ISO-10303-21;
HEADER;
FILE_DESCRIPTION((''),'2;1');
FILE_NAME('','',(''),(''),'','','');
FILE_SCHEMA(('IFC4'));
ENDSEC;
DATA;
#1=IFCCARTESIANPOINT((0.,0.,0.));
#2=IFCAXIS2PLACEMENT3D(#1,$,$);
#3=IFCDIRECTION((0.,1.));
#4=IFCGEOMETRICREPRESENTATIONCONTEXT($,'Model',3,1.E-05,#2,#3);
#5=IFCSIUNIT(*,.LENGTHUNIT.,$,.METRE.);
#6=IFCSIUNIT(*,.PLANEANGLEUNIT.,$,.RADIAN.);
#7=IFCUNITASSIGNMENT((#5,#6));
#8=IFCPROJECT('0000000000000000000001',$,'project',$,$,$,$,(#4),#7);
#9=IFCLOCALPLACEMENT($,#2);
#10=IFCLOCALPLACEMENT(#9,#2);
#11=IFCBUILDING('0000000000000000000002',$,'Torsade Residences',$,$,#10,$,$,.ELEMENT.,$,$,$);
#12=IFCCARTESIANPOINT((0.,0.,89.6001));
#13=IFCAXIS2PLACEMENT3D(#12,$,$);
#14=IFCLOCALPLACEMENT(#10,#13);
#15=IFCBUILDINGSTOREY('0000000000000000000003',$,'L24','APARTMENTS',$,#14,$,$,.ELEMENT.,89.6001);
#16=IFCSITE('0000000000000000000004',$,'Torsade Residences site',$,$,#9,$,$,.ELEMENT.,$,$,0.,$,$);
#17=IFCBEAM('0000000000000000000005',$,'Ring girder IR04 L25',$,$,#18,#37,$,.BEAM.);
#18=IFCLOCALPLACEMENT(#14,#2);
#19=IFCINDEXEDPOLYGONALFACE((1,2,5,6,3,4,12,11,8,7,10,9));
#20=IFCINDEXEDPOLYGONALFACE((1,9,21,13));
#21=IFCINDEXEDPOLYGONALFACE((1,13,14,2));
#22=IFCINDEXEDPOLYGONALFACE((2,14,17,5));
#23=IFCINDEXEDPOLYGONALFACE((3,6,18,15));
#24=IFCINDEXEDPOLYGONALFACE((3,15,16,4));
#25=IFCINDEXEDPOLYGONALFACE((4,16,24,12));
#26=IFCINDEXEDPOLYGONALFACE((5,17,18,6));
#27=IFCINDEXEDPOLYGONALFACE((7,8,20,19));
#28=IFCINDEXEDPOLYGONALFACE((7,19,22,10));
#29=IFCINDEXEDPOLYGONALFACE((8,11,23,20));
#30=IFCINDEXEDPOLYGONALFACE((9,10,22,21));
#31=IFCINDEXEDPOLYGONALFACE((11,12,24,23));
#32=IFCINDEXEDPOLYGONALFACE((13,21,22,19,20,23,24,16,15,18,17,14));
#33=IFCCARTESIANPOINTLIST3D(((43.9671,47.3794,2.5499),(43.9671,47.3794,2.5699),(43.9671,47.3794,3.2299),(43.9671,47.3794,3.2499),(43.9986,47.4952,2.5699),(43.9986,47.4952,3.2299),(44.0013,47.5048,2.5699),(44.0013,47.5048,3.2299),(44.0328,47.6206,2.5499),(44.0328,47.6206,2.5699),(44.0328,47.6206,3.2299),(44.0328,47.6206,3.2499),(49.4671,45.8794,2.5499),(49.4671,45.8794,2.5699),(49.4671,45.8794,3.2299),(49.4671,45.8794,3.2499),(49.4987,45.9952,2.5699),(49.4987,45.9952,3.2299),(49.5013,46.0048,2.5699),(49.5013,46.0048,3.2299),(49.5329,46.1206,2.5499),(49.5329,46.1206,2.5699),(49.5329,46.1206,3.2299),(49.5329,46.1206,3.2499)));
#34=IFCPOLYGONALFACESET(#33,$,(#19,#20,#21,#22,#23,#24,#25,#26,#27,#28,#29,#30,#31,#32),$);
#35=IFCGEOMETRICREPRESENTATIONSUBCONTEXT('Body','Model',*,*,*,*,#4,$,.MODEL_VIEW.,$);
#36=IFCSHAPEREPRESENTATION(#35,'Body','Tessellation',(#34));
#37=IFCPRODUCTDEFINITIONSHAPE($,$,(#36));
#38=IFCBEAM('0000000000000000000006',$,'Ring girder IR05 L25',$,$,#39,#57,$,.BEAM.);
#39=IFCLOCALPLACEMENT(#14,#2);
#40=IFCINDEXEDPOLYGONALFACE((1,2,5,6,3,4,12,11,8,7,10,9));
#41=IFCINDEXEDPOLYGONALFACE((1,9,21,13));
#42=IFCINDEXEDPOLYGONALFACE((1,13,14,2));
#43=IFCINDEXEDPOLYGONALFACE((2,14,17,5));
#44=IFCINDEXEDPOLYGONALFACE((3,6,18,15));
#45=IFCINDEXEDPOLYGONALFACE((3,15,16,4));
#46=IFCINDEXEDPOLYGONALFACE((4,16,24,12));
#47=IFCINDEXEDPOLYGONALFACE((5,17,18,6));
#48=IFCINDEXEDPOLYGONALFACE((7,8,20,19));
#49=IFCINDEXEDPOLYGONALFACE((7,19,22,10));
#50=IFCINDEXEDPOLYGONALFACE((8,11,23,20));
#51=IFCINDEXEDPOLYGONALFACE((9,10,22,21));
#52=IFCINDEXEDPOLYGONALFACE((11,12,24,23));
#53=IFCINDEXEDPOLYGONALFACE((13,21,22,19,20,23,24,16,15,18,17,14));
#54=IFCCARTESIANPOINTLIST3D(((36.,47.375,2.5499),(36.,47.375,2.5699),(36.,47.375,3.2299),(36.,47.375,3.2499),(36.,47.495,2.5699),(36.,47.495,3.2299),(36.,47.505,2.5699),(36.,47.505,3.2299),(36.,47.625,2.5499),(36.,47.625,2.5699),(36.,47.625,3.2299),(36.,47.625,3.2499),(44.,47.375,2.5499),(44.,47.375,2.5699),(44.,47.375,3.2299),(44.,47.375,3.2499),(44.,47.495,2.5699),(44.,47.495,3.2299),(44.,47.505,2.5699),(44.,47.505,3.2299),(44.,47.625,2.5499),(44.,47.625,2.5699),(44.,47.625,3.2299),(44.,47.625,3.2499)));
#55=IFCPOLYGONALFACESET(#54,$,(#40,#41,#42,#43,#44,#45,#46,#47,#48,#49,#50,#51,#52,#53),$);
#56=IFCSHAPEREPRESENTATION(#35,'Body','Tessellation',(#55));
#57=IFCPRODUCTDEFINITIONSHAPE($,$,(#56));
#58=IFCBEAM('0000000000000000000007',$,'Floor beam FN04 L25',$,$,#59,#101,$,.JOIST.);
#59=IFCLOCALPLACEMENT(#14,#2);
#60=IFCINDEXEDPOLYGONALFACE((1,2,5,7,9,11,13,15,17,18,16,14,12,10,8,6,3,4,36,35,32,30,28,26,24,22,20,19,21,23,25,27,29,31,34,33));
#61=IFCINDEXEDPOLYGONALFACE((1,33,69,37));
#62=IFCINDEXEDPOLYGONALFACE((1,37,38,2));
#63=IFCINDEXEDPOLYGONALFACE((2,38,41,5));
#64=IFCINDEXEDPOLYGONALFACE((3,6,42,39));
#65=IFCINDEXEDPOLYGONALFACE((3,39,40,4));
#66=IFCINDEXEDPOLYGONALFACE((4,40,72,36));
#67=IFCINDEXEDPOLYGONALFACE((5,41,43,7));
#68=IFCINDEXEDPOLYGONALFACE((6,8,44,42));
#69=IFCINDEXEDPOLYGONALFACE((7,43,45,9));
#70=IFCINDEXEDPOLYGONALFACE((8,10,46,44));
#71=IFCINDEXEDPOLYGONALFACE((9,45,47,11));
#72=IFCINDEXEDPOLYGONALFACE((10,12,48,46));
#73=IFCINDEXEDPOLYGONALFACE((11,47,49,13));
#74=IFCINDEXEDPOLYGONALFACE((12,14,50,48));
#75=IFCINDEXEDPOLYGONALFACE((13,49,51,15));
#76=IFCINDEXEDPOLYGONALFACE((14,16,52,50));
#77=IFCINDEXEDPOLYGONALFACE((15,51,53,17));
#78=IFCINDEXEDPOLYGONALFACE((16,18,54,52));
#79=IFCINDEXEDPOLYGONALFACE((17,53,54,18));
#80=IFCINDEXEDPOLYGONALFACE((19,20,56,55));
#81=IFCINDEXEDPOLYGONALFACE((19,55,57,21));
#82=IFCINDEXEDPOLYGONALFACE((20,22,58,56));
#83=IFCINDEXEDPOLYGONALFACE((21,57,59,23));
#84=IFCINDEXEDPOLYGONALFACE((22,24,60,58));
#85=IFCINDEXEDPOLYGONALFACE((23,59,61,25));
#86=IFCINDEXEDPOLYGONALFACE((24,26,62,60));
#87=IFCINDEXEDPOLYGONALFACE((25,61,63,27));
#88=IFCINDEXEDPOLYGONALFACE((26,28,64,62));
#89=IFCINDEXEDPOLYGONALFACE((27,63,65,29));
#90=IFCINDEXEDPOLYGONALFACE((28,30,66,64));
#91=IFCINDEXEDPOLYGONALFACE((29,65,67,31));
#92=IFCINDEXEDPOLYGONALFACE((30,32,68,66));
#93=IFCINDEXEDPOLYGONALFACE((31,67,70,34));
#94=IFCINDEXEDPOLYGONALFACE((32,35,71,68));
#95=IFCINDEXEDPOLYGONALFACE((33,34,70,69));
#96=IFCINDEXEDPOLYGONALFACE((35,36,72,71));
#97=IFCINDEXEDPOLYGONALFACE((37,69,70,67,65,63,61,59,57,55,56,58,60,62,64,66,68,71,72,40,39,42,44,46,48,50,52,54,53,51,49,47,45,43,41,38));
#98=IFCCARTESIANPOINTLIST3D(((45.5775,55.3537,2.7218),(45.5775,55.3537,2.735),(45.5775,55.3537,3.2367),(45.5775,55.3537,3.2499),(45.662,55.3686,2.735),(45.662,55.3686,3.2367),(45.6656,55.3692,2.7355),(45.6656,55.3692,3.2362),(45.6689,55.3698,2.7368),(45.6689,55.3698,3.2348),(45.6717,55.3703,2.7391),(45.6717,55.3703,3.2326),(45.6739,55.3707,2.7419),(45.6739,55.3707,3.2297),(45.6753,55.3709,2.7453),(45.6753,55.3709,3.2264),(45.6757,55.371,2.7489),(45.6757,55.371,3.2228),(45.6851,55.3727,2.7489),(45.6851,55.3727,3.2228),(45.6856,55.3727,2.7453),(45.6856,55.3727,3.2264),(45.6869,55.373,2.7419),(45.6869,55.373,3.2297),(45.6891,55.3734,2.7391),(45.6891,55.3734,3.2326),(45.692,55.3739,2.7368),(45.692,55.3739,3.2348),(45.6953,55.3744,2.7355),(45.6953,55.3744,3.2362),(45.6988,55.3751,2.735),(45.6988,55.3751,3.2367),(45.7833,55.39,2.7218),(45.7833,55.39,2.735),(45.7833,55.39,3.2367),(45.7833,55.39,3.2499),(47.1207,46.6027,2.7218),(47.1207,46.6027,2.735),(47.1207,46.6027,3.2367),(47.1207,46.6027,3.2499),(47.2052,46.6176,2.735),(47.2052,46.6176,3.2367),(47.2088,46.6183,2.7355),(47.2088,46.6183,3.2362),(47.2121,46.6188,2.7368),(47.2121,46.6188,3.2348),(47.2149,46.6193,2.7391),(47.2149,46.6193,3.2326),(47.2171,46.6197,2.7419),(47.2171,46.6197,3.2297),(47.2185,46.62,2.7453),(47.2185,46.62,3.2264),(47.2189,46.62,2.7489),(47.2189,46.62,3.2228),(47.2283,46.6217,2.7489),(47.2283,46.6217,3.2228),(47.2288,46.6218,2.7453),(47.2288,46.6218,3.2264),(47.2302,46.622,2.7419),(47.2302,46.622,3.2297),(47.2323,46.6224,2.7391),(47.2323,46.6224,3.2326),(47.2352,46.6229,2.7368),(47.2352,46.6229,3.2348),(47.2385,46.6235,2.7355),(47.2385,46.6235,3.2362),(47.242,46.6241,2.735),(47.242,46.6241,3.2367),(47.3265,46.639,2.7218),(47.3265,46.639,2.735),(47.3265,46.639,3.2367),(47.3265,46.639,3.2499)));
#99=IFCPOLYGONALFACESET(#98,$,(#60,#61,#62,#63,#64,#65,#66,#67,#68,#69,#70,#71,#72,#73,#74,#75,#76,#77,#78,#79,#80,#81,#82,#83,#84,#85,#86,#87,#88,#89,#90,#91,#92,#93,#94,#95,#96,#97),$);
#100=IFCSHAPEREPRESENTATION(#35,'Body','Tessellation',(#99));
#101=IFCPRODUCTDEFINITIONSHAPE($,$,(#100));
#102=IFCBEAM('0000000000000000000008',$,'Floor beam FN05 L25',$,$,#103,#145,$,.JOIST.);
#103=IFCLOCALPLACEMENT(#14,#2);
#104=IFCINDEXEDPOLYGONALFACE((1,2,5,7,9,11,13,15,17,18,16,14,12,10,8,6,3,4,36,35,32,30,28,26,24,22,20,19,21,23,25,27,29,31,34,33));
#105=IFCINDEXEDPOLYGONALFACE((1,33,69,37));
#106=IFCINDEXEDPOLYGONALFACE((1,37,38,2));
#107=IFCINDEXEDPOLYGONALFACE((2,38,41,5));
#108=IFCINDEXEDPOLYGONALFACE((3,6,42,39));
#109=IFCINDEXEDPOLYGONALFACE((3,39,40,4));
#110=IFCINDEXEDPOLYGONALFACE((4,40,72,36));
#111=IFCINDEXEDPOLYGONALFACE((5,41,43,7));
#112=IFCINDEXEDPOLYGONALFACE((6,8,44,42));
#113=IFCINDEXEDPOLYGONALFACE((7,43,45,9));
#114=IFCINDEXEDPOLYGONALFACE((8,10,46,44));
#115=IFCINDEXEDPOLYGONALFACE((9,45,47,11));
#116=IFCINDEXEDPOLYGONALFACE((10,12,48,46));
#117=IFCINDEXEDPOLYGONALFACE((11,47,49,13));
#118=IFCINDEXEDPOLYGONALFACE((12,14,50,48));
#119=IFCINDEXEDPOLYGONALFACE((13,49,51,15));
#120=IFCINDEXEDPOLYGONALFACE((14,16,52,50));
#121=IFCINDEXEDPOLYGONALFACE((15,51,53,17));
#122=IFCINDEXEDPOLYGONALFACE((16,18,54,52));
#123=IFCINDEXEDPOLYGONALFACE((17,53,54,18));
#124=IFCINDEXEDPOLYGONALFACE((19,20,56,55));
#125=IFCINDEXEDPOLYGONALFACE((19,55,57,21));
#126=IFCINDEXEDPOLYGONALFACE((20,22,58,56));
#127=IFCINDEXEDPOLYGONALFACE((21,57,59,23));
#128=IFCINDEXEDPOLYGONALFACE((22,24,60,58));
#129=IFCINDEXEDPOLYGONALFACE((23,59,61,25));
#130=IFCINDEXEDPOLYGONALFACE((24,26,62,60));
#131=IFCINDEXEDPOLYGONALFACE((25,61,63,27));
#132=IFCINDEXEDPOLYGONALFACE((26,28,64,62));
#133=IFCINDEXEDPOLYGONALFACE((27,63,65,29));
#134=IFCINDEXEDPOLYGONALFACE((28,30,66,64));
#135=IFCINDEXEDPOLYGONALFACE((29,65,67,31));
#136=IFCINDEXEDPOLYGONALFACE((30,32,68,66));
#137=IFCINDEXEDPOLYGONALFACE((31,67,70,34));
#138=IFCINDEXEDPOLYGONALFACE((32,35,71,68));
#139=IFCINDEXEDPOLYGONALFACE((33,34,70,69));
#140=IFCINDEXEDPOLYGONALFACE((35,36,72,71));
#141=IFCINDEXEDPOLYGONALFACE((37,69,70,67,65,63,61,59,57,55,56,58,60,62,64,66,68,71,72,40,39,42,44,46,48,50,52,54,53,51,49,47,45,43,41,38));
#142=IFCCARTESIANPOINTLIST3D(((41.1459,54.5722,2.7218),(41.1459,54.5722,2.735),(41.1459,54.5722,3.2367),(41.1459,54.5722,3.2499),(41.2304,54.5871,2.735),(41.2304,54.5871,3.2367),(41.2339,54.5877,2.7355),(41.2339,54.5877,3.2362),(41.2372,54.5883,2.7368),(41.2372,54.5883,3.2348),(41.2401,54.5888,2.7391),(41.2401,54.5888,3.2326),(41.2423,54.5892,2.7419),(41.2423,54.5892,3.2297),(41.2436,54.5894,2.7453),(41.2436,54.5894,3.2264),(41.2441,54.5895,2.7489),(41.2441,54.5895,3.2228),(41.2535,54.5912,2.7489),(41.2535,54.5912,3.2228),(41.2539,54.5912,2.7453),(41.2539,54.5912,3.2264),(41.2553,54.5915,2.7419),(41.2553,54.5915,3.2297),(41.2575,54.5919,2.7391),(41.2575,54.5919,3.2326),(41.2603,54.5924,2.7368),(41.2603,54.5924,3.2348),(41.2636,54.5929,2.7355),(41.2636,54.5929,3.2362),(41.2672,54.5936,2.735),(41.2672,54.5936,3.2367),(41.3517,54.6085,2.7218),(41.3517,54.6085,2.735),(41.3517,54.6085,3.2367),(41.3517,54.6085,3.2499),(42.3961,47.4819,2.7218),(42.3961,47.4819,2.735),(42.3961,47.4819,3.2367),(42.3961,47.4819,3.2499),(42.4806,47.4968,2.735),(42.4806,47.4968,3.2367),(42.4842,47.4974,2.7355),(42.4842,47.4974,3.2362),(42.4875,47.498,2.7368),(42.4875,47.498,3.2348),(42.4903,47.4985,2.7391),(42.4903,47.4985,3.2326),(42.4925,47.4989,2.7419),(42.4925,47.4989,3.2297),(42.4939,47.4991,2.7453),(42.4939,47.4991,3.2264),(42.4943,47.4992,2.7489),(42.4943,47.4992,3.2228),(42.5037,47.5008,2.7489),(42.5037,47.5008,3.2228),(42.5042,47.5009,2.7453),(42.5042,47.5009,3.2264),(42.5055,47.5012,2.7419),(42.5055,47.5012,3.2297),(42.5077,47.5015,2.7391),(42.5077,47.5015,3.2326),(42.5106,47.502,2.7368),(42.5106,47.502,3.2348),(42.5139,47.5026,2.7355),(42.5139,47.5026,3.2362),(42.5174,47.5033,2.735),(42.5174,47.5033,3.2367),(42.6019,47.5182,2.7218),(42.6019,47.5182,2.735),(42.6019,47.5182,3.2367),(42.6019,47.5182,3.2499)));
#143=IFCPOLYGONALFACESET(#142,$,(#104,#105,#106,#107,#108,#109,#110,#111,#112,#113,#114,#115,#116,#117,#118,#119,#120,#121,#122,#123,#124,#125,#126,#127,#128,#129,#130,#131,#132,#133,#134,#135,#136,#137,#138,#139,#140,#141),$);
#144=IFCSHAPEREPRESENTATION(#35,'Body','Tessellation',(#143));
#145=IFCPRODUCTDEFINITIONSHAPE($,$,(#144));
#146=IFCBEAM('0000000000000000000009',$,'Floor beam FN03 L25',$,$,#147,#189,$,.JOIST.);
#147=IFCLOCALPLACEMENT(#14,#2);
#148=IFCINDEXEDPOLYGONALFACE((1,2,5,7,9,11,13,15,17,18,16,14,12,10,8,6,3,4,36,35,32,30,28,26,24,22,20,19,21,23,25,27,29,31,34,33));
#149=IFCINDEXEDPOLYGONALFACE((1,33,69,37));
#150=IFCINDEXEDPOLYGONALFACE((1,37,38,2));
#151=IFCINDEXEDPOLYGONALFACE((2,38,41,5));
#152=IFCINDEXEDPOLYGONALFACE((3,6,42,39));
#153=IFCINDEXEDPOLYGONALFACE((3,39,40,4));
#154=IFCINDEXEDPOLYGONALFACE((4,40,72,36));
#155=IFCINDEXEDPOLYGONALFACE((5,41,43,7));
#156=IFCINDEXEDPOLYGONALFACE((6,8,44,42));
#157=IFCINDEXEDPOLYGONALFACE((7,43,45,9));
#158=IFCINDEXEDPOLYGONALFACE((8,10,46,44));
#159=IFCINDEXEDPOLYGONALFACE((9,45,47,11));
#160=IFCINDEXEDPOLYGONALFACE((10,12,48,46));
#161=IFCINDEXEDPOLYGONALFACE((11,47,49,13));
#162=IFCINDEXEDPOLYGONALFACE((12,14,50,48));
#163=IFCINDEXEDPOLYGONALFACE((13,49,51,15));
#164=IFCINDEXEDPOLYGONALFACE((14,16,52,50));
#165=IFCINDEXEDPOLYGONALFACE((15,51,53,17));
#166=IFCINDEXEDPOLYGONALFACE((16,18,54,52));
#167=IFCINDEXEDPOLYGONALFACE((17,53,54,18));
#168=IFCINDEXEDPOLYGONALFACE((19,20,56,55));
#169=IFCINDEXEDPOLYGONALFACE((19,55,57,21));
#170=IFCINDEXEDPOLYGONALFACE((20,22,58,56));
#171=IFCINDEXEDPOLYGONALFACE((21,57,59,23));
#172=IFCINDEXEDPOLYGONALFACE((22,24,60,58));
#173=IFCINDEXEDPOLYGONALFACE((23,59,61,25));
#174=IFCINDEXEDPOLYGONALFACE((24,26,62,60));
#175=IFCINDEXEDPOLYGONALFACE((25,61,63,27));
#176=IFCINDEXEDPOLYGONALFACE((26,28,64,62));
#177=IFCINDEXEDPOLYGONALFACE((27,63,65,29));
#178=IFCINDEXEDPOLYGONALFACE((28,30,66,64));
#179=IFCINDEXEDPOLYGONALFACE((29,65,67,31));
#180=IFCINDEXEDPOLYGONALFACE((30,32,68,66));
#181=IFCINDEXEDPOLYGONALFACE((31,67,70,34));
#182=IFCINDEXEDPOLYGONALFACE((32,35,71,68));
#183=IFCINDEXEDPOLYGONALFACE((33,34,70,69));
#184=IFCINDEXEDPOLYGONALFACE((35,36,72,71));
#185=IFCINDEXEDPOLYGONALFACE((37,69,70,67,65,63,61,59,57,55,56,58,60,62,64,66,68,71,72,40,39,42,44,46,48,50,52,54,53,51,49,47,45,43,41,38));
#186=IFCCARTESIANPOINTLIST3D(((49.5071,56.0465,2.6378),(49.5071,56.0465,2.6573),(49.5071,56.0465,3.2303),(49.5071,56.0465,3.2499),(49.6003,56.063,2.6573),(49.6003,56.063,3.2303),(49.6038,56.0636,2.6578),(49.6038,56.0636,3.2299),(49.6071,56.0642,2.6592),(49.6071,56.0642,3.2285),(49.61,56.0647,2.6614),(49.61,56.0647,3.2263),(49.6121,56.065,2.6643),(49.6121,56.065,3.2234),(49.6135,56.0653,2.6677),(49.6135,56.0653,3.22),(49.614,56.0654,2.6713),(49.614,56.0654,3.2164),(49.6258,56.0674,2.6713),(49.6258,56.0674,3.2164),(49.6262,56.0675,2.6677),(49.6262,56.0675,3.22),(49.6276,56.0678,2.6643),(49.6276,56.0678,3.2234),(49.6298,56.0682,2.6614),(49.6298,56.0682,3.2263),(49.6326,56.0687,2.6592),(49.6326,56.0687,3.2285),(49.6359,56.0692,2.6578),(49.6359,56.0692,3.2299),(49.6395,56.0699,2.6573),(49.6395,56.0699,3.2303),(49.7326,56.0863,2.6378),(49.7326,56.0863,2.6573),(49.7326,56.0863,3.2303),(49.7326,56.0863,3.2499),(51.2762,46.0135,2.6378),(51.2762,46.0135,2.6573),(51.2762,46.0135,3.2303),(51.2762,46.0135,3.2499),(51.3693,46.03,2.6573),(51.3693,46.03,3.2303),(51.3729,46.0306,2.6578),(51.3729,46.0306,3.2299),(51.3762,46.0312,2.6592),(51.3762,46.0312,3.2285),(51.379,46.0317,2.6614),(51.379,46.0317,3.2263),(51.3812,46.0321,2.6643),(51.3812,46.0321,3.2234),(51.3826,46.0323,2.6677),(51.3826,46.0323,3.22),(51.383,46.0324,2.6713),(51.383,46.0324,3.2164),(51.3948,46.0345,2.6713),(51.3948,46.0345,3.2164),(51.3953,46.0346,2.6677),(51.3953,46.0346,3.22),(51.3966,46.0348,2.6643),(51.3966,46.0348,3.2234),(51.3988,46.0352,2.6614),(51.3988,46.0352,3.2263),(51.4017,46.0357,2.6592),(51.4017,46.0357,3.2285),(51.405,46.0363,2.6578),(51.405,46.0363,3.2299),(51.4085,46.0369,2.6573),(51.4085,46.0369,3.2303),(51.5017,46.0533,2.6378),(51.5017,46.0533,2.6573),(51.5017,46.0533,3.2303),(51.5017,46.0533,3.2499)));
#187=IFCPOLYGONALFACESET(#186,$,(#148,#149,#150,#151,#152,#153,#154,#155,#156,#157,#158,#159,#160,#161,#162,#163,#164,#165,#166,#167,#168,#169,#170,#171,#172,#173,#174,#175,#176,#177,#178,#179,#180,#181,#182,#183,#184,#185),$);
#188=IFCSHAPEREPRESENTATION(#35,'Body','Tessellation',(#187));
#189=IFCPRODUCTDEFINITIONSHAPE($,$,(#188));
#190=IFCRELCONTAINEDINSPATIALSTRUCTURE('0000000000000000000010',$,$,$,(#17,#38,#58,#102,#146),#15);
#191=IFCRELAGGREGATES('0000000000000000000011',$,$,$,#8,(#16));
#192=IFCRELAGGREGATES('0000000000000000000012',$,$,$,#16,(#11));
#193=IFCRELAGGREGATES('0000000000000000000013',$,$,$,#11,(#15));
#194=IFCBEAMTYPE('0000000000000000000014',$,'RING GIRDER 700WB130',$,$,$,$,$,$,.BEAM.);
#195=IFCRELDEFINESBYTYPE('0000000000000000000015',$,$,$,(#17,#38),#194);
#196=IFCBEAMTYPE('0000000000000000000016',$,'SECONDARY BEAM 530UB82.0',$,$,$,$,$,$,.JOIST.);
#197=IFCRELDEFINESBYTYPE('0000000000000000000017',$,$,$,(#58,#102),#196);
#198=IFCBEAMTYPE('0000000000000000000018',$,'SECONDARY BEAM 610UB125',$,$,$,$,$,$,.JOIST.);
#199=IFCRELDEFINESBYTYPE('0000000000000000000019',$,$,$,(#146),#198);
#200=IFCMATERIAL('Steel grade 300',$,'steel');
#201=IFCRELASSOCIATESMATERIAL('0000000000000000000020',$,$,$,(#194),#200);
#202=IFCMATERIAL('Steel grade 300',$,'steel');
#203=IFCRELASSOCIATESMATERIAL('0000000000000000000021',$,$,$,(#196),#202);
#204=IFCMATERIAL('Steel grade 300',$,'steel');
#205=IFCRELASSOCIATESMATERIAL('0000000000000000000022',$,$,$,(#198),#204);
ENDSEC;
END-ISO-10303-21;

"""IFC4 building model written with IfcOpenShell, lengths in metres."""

from ifc_helpers import new_model, si_unit, direction, frame, origin, origin_2d, place, context, subcontext, project, spatial, i_section, extrude, material, material_profile, profile_set, type_object, element, save


model = new_model("IFC4")

# Units and contexts
model_context = context("Model", 3, precision=1e-05, world=origin(), true_north=direction((0.0, 1.0)))
body_context = subcontext(model_context, "Body", "Model", "MODEL_VIEW")
ifc_project = project(units=[si_unit("LENGTHUNIT", "METRE"), si_unit("PLANEANGLEUNIT", "RADIAN")], contexts=[model_context])

# Site, building, storey
site_placement = place(None, origin())
site = spatial("IfcSite", under=ifc_project, at=site_placement, Name="Torsade Residences site", CompositionType="ELEMENT", RefElevation=0.0)
building_placement = place(site_placement, origin())
building = spatial("IfcBuilding", under=site, at=building_placement, Name="Torsade Residences", CompositionType="ELEMENT")
storey_placement = place(building_placement, frame((0.0, 0.0, 89.6001)))
storey = spatial("IfcBuildingStorey", under=building, at=storey_placement, Name="L24", Description="APARTMENTS", CompositionType="ELEMENT", Elevation=89.6001)

# Beams
ifc_material_1 = material(Name="Steel grade 300", Category="steel")
ifc_material_profile_1 = material_profile(ifc_material_1, i_section(OverallWidth=0.25, OverallDepth=0.7, WebThickness=0.01, FlangeThickness=0.02, at=origin_2d()), Name="700WB130")
ifc_profile_set_1 = profile_set([ifc_material_profile_1], Name="Steel grade 300")
beam_type_1 = type_object("IfcBeamType", Name="RING GIRDER 700WB130", PredefinedType="BEAM", material=ifc_profile_set_1)
beam_1_placement = place(storey_placement, frame((49.5, 46.0, 2.8999), z_axis=(-0.964764, 0.263117, 0.0), x_axis=(-0.263117, -0.964764, 0.0)))
element("IfcBeam", 1, at=beam_1_placement, inside=storey, type_object=beam_type_1, Name="Ring girder IR04 L25", PredefinedType="BEAM", context=body_context, shape_type="SweptSolid", body=[
    extrude(i_section(OverallWidth=0.25, OverallDepth=0.7, WebThickness=0.01, FlangeThickness=0.02, at=origin_2d()), origin(), (0.0, 0.0, 1.0), 5.7009),
])
beam_2_placement = place(storey_placement, frame((44.0, 47.5, 2.8999), z_axis=(-1.0, 0.0, 0.0), x_axis=(0.0, -1.0, 0.0)))
element("IfcBeam", 2, at=beam_2_placement, inside=storey, type_object=beam_type_1, Name="Ring girder IR05 L25", PredefinedType="BEAM", context=body_context, shape_type="SweptSolid", body=[
    extrude(i_section(OverallWidth=0.25, OverallDepth=0.7, WebThickness=0.01, FlangeThickness=0.02, at=origin_2d()), origin(), (0.0, 0.0, 1.0), 8.0),
])
ifc_material_2 = material(Name="Steel grade 300", Category="steel")
ifc_material_profile_2 = material_profile(ifc_material_2, i_section(OverallWidth=0.209, OverallDepth=0.5281, WebThickness=0.0095, FlangeThickness=0.0132, FilletRadius=0.0139, at=origin_2d()), Name="530UB82.0")
ifc_profile_set_2 = profile_set([ifc_material_profile_2], Name="Steel grade 300")
beam_type_2 = type_object("IfcBeamType", Name="SECONDARY BEAM 530UB82.0", PredefinedType="JOIST", material=ifc_profile_set_2)
beam_3_placement = place(storey_placement, frame((45.6804, 55.3718, 2.9858), z_axis=(0.173668, -0.984804, 0.0), x_axis=(0.984804, 0.173668, 0.0)))
element("IfcBeam", 3, at=beam_3_placement, inside=storey, type_object=beam_type_2, Name="Floor beam FN04 L25", PredefinedType="JOIST", context=body_context, shape_type="SweptSolid", body=[
    extrude(i_section(OverallWidth=0.209, OverallDepth=0.5281, WebThickness=0.0095, FlangeThickness=0.0132, FilletRadius=0.0139, at=origin_2d()), origin(), (0.0, 0.0, 1.0), 8.886),
])
beam_4_placement = place(storey_placement, frame((41.2488, 54.5903, 2.9858), z_axis=(0.173652, -0.984807, 0.0), x_axis=(0.984807, 0.173652, 0.0)))
element("IfcBeam", 4, at=beam_4_placement, inside=storey, type_object=beam_type_2, Name="Floor beam FN05 L25", PredefinedType="JOIST", context=body_context, shape_type="SweptSolid", body=[
    extrude(i_section(OverallWidth=0.209, OverallDepth=0.5281, WebThickness=0.0095, FlangeThickness=0.0132, FilletRadius=0.0139, at=origin_2d()), origin(), (0.0, 0.0, 1.0), 7.1997),
])
ifc_material_3 = material(Name="Steel grade 300", Category="steel")
ifc_material_profile_3 = material_profile(ifc_material_3, i_section(OverallWidth=0.229, OverallDepth=0.6121, WebThickness=0.012, FlangeThickness=0.0195, FilletRadius=0.0139, at=origin_2d()), Name="610UB125")
ifc_profile_set_3 = profile_set([ifc_material_profile_3], Name="Steel grade 300")
beam_type_3 = type_object("IfcBeamType", Name="SECONDARY BEAM 610UB125", PredefinedType="JOIST", material=ifc_profile_set_3)
beam_5_placement = place(storey_placement, frame((49.6199, 56.0664, 2.9438), z_axis=(0.173645, -0.984808, 0.0), x_axis=(0.984808, 0.173645, 0.0)))
element("IfcBeam", 5, at=beam_5_placement, inside=storey, type_object=beam_type_3, Name="Floor beam FN03 L25", PredefinedType="JOIST", context=body_context, shape_type="SweptSolid", body=[
    extrude(i_section(OverallWidth=0.229, OverallDepth=0.6121, WebThickness=0.012, FlangeThickness=0.0195, FilletRadius=0.0139, at=origin_2d()), origin(), (0.0, 0.0, 1.0), 10.1877),
])

save(model, "model.ifc")
